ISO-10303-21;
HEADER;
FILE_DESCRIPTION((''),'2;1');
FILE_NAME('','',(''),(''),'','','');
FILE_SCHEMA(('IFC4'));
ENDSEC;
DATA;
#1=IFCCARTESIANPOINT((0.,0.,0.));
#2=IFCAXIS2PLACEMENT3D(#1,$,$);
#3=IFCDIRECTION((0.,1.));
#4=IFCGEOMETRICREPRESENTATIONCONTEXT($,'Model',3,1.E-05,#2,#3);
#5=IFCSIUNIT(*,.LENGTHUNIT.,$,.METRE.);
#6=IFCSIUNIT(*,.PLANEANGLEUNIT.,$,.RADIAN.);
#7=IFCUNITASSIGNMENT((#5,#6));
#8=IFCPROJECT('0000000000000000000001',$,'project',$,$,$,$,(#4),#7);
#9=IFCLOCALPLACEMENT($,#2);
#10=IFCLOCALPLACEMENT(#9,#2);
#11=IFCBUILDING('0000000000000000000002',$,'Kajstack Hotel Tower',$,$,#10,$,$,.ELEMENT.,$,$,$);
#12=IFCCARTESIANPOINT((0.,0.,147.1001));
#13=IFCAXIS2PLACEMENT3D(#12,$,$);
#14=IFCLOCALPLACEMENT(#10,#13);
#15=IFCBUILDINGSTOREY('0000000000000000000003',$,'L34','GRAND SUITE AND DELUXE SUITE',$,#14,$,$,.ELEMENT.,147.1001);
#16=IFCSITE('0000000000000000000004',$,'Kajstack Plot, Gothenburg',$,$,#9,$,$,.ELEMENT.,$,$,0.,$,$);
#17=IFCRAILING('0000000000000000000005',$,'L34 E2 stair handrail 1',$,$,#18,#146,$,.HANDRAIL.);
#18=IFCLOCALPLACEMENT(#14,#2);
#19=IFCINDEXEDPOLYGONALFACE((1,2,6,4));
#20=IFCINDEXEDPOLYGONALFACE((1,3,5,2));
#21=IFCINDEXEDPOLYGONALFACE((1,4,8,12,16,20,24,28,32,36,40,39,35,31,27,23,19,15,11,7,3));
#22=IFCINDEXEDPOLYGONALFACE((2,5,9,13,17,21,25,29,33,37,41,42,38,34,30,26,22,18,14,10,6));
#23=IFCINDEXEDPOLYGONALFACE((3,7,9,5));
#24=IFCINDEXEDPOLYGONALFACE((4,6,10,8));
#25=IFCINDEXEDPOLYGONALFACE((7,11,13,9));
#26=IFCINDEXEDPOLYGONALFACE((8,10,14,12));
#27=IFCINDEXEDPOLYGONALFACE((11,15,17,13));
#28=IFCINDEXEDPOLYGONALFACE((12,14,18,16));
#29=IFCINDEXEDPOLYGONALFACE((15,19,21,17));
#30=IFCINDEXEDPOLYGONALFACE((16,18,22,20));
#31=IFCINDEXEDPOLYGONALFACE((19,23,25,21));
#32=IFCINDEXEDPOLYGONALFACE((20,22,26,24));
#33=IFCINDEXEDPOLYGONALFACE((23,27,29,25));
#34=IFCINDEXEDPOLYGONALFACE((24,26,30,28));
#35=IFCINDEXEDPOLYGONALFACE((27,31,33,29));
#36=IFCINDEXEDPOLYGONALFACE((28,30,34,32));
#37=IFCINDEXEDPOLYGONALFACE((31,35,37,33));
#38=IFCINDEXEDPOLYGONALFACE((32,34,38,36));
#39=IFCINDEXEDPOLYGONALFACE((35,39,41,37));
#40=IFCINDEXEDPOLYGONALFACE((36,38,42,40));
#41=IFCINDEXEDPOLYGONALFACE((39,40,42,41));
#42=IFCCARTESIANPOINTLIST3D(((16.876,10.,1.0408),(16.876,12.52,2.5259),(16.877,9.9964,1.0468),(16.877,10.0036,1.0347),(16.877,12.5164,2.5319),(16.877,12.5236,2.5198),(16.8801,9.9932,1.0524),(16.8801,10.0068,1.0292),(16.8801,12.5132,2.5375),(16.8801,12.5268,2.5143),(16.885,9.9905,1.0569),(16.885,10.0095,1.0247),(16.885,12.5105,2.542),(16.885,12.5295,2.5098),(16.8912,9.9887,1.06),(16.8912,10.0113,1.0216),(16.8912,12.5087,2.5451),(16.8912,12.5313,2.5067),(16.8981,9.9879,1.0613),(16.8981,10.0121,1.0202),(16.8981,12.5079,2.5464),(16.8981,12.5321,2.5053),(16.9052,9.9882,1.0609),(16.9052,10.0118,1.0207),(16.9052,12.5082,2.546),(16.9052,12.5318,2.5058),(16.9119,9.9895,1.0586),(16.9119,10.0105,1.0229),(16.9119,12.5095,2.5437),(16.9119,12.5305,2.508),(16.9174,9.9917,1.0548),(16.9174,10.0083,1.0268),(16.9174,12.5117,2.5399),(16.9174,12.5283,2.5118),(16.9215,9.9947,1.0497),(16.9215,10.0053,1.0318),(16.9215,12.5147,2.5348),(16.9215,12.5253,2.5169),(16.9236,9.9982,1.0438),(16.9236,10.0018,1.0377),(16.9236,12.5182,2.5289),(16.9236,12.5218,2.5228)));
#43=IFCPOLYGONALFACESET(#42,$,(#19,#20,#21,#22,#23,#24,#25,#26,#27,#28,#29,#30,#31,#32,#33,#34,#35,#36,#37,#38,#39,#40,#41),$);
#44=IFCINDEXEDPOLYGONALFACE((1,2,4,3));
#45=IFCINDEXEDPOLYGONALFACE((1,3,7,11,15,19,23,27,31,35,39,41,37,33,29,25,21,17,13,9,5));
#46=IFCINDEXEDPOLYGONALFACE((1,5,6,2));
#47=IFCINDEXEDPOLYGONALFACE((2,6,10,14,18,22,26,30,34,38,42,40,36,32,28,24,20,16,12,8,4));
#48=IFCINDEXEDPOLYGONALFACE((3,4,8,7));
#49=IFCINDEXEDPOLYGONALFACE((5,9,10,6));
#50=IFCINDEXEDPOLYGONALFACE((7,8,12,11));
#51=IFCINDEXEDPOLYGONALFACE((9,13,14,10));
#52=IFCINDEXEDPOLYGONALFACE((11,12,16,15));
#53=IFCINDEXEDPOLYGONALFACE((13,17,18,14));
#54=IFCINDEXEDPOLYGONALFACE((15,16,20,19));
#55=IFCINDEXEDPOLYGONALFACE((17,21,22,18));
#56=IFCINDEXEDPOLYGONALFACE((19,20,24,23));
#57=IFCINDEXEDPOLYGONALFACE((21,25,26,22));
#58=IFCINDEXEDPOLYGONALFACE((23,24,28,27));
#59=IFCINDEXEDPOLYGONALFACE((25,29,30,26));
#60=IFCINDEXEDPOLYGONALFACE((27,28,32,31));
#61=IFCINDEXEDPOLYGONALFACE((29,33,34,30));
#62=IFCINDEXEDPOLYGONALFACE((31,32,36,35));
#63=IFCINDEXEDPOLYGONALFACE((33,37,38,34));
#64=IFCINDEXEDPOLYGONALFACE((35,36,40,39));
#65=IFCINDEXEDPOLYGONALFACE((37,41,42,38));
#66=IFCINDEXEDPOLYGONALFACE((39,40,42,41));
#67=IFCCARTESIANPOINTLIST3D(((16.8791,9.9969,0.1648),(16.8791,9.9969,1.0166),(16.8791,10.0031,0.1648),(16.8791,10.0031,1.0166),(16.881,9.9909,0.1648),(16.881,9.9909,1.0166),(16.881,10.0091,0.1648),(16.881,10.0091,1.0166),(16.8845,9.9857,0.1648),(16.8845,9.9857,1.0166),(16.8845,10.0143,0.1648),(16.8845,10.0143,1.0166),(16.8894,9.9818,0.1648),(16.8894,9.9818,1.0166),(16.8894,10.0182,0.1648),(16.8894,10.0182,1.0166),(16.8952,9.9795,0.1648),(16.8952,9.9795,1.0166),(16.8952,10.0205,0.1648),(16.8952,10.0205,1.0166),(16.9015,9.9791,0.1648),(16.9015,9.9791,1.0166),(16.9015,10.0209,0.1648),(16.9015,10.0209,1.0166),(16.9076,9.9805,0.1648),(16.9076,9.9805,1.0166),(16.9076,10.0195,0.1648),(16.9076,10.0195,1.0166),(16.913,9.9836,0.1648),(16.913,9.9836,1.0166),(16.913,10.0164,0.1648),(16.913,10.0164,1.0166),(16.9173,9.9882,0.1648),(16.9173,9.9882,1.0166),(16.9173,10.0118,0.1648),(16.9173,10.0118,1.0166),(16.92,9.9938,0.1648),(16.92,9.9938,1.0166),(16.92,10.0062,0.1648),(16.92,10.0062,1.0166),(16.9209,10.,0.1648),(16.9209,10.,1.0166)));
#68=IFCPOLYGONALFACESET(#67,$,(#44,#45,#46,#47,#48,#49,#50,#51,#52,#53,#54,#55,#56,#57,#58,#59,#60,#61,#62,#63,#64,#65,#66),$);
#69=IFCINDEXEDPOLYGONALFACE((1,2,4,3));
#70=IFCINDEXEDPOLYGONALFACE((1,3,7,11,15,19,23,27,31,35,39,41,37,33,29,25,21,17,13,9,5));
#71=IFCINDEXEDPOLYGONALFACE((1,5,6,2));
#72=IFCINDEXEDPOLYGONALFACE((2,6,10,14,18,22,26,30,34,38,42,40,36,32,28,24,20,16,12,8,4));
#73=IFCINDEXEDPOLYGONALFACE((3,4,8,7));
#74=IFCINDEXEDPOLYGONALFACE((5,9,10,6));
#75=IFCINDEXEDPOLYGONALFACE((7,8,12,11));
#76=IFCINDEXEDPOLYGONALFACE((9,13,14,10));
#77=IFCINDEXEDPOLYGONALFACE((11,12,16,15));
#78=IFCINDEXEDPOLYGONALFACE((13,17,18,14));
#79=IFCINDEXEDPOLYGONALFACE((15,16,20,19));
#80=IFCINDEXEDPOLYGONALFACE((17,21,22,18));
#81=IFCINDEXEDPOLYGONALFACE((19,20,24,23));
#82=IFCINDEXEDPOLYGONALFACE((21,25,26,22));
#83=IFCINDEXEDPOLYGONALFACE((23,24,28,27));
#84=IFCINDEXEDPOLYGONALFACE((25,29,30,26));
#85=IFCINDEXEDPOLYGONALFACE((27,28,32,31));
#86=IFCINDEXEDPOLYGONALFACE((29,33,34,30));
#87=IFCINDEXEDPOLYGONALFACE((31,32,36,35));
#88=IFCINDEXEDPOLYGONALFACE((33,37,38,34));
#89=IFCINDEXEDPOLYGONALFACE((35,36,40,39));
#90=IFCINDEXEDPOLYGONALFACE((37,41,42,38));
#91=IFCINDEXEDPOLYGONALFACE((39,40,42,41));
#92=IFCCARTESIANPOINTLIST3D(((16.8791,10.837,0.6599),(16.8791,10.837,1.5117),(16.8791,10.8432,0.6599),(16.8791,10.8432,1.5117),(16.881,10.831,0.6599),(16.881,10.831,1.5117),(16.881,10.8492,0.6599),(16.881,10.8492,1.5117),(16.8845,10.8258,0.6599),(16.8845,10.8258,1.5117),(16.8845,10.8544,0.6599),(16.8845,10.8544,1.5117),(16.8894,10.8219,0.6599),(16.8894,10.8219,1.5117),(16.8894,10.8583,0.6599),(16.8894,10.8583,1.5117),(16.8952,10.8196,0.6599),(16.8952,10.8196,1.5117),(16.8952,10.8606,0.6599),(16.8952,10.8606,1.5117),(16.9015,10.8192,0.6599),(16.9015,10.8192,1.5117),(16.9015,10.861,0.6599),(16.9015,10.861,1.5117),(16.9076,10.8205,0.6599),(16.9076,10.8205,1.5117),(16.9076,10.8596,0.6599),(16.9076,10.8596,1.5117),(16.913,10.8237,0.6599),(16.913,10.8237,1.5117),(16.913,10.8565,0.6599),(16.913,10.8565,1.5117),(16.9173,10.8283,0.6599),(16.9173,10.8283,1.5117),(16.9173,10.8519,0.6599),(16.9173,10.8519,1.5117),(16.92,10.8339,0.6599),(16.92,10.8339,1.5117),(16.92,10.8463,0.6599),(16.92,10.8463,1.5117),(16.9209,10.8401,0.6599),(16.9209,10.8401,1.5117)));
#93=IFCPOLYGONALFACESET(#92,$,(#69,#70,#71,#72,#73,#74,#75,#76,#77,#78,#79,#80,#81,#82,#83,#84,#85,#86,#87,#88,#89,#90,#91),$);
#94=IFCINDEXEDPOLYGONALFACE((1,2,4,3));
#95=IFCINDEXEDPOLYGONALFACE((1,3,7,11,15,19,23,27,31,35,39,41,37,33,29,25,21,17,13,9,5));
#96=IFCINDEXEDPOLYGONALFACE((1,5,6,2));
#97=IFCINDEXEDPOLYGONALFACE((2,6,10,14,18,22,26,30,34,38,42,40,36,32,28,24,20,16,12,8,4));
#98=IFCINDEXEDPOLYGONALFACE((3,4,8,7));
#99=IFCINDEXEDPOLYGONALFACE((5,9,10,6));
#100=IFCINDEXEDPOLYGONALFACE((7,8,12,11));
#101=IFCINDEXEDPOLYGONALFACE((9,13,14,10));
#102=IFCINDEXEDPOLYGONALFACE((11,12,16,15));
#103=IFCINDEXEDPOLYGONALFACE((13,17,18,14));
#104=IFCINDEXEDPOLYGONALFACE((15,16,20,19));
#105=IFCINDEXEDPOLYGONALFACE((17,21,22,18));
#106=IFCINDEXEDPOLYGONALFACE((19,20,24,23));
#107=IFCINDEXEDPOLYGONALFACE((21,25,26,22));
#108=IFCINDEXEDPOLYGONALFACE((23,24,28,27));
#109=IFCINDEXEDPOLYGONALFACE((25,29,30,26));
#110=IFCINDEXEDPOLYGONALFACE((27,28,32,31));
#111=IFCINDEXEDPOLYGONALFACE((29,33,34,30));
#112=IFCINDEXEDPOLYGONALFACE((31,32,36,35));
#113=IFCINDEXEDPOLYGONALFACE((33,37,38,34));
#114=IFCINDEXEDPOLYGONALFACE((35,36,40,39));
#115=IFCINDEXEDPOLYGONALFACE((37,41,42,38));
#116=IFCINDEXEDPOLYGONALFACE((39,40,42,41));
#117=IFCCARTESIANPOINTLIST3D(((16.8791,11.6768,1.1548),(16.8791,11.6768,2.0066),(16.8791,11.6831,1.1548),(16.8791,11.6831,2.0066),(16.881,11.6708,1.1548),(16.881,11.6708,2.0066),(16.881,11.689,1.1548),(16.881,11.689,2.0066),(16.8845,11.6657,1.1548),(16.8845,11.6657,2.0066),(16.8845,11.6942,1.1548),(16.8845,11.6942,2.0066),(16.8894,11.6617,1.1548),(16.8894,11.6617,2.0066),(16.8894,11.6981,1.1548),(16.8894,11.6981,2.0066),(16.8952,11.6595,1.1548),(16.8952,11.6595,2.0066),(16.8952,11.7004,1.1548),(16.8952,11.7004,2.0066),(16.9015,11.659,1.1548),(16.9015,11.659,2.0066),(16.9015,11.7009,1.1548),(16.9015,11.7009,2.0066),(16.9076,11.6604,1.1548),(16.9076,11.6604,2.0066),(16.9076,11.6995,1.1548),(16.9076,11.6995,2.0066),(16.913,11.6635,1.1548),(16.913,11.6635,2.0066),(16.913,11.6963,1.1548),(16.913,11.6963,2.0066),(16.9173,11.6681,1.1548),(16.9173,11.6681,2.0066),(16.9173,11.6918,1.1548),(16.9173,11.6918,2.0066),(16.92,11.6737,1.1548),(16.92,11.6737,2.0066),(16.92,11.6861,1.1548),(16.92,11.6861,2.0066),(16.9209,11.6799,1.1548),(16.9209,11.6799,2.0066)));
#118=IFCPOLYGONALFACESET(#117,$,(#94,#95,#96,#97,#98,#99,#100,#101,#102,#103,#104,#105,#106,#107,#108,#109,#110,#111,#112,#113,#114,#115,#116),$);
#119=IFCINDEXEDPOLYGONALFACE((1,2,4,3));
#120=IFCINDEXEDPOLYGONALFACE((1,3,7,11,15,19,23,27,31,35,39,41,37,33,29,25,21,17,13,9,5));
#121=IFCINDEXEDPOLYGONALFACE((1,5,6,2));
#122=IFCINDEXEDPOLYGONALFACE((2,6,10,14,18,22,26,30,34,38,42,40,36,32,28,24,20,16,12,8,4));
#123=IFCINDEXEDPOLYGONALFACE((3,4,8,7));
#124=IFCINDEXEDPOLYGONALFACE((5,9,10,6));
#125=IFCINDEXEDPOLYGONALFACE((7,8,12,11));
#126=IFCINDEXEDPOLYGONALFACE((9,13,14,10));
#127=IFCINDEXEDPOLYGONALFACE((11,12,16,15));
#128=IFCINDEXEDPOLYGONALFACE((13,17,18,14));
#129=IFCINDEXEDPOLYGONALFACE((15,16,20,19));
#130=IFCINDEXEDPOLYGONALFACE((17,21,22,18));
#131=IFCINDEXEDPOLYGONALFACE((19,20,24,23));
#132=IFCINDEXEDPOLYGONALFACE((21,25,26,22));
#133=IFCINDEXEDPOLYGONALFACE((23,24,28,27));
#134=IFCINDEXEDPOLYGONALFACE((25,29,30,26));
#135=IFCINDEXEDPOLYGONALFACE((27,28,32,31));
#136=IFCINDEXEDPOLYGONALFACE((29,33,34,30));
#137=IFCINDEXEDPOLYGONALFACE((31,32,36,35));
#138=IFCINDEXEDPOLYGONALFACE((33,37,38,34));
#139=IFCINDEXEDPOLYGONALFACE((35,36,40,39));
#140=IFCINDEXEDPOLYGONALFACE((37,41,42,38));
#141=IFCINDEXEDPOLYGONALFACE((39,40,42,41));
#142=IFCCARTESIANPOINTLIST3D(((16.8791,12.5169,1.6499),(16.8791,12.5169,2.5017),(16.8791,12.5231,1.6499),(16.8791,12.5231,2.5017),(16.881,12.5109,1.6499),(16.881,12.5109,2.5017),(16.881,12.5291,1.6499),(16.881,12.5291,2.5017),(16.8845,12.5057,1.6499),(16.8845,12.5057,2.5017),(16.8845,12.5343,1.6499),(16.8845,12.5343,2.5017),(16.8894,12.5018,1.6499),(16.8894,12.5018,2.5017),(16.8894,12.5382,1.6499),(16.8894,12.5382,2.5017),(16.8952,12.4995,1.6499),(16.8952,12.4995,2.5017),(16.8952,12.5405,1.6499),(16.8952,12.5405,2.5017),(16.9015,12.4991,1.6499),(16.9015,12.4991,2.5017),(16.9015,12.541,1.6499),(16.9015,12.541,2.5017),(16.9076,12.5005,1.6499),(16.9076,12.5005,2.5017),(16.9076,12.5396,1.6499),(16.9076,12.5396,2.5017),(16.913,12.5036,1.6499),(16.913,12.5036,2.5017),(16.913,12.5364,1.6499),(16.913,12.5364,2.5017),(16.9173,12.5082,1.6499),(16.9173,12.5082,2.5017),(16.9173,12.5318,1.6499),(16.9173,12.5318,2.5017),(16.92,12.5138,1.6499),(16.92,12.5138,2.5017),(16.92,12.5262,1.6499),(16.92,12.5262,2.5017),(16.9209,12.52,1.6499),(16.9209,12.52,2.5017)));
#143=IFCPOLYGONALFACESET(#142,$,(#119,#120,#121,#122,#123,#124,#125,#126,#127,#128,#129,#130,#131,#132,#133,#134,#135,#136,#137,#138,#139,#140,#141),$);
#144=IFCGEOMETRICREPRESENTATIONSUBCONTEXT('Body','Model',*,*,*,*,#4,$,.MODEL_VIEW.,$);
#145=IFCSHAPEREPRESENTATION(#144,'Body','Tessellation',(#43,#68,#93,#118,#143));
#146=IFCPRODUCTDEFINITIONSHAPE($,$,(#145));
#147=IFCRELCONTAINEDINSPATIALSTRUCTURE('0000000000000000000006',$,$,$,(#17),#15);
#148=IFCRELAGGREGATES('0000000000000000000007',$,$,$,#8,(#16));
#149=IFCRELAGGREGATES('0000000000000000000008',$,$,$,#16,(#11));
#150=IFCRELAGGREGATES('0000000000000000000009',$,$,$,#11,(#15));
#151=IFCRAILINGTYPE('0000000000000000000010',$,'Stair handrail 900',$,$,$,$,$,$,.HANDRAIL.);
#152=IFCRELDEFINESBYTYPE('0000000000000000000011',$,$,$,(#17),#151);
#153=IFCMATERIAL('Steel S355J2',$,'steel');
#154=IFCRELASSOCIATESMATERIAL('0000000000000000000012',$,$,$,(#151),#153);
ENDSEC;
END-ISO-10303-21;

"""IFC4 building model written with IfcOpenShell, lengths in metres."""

from ifc_helpers import new_model, si_unit, direction, frame, origin, origin_2d, place, context, subcontext, project, spatial, circle, extrude, material, type_object, element, save


model = new_model("IFC4")

# Units and contexts
model_context = context("Model", 3, precision=1e-05, world=origin(), true_north=direction((0.0, 1.0)))
body_context = subcontext(model_context, "Body", "Model", "MODEL_VIEW")
ifc_project = project(units=[si_unit("LENGTHUNIT", "METRE"), si_unit("PLANEANGLEUNIT", "RADIAN")], contexts=[model_context])

# Site, building, storey
site_placement = place(None, origin())
site = spatial("IfcSite", under=ifc_project, at=site_placement, Name="Kajstack Plot, Gothenburg", CompositionType="ELEMENT", RefElevation=0.0)
building_placement = place(site_placement, origin())
building = spatial("IfcBuilding", under=site, at=building_placement, Name="Kajstack Hotel Tower", CompositionType="ELEMENT")
storey_placement = place(building_placement, frame((0.0, 0.0, 147.1001)))
storey = spatial("IfcBuildingStorey", under=building, at=storey_placement, Name="L34", Description="GRAND SUITE AND DELUXE SUITE", CompositionType="ELEMENT", Elevation=147.1001)

# Railing
ifc_material_1 = material(Name="Steel S355J2", Category="steel")
railing_type = type_object("IfcRailingType", Name="Stair handrail 900", PredefinedType="HANDRAIL", material=ifc_material_1)
railing_placement = place(storey_placement, frame((16.8999, 10.0, 0.1648)))
element("IfcRailing", 1, at=railing_placement, inside=storey, type_object=railing_type, Name="L34 E2 stair handrail 1", PredefinedType="HANDRAIL", context=body_context, shape_type="SweptSolid", body=[
    extrude(circle(Radius=0.0239, at=origin_2d()), frame((0.0, 0.0, 0.876), z_axis=(0.0, 0.861524, 0.507717), x_axis=(-1.0, 0.0, 0.0)), (0.0, 0.0, 1.0), 2.925),
    extrude(circle(Radius=0.021, at=origin_2d()), origin(), (0.0, 0.0, 1.0), 0.8518),
    extrude(circle(Radius=0.021, at=origin_2d()), frame((0.0, 0.8401, 0.4951)), (0.0, 0.0, 1.0), 0.8518),
    extrude(circle(Radius=0.021, at=origin_2d()), frame((0.0, 1.6799, 0.99)), (0.0, 0.0, 1.0), 0.8518),
    extrude(circle(Radius=0.021, at=origin_2d()), frame((0.0, 2.52, 1.4851)), (0.0, 0.0, 1.0), 0.8518),
])

save(model, "model.ifc")
